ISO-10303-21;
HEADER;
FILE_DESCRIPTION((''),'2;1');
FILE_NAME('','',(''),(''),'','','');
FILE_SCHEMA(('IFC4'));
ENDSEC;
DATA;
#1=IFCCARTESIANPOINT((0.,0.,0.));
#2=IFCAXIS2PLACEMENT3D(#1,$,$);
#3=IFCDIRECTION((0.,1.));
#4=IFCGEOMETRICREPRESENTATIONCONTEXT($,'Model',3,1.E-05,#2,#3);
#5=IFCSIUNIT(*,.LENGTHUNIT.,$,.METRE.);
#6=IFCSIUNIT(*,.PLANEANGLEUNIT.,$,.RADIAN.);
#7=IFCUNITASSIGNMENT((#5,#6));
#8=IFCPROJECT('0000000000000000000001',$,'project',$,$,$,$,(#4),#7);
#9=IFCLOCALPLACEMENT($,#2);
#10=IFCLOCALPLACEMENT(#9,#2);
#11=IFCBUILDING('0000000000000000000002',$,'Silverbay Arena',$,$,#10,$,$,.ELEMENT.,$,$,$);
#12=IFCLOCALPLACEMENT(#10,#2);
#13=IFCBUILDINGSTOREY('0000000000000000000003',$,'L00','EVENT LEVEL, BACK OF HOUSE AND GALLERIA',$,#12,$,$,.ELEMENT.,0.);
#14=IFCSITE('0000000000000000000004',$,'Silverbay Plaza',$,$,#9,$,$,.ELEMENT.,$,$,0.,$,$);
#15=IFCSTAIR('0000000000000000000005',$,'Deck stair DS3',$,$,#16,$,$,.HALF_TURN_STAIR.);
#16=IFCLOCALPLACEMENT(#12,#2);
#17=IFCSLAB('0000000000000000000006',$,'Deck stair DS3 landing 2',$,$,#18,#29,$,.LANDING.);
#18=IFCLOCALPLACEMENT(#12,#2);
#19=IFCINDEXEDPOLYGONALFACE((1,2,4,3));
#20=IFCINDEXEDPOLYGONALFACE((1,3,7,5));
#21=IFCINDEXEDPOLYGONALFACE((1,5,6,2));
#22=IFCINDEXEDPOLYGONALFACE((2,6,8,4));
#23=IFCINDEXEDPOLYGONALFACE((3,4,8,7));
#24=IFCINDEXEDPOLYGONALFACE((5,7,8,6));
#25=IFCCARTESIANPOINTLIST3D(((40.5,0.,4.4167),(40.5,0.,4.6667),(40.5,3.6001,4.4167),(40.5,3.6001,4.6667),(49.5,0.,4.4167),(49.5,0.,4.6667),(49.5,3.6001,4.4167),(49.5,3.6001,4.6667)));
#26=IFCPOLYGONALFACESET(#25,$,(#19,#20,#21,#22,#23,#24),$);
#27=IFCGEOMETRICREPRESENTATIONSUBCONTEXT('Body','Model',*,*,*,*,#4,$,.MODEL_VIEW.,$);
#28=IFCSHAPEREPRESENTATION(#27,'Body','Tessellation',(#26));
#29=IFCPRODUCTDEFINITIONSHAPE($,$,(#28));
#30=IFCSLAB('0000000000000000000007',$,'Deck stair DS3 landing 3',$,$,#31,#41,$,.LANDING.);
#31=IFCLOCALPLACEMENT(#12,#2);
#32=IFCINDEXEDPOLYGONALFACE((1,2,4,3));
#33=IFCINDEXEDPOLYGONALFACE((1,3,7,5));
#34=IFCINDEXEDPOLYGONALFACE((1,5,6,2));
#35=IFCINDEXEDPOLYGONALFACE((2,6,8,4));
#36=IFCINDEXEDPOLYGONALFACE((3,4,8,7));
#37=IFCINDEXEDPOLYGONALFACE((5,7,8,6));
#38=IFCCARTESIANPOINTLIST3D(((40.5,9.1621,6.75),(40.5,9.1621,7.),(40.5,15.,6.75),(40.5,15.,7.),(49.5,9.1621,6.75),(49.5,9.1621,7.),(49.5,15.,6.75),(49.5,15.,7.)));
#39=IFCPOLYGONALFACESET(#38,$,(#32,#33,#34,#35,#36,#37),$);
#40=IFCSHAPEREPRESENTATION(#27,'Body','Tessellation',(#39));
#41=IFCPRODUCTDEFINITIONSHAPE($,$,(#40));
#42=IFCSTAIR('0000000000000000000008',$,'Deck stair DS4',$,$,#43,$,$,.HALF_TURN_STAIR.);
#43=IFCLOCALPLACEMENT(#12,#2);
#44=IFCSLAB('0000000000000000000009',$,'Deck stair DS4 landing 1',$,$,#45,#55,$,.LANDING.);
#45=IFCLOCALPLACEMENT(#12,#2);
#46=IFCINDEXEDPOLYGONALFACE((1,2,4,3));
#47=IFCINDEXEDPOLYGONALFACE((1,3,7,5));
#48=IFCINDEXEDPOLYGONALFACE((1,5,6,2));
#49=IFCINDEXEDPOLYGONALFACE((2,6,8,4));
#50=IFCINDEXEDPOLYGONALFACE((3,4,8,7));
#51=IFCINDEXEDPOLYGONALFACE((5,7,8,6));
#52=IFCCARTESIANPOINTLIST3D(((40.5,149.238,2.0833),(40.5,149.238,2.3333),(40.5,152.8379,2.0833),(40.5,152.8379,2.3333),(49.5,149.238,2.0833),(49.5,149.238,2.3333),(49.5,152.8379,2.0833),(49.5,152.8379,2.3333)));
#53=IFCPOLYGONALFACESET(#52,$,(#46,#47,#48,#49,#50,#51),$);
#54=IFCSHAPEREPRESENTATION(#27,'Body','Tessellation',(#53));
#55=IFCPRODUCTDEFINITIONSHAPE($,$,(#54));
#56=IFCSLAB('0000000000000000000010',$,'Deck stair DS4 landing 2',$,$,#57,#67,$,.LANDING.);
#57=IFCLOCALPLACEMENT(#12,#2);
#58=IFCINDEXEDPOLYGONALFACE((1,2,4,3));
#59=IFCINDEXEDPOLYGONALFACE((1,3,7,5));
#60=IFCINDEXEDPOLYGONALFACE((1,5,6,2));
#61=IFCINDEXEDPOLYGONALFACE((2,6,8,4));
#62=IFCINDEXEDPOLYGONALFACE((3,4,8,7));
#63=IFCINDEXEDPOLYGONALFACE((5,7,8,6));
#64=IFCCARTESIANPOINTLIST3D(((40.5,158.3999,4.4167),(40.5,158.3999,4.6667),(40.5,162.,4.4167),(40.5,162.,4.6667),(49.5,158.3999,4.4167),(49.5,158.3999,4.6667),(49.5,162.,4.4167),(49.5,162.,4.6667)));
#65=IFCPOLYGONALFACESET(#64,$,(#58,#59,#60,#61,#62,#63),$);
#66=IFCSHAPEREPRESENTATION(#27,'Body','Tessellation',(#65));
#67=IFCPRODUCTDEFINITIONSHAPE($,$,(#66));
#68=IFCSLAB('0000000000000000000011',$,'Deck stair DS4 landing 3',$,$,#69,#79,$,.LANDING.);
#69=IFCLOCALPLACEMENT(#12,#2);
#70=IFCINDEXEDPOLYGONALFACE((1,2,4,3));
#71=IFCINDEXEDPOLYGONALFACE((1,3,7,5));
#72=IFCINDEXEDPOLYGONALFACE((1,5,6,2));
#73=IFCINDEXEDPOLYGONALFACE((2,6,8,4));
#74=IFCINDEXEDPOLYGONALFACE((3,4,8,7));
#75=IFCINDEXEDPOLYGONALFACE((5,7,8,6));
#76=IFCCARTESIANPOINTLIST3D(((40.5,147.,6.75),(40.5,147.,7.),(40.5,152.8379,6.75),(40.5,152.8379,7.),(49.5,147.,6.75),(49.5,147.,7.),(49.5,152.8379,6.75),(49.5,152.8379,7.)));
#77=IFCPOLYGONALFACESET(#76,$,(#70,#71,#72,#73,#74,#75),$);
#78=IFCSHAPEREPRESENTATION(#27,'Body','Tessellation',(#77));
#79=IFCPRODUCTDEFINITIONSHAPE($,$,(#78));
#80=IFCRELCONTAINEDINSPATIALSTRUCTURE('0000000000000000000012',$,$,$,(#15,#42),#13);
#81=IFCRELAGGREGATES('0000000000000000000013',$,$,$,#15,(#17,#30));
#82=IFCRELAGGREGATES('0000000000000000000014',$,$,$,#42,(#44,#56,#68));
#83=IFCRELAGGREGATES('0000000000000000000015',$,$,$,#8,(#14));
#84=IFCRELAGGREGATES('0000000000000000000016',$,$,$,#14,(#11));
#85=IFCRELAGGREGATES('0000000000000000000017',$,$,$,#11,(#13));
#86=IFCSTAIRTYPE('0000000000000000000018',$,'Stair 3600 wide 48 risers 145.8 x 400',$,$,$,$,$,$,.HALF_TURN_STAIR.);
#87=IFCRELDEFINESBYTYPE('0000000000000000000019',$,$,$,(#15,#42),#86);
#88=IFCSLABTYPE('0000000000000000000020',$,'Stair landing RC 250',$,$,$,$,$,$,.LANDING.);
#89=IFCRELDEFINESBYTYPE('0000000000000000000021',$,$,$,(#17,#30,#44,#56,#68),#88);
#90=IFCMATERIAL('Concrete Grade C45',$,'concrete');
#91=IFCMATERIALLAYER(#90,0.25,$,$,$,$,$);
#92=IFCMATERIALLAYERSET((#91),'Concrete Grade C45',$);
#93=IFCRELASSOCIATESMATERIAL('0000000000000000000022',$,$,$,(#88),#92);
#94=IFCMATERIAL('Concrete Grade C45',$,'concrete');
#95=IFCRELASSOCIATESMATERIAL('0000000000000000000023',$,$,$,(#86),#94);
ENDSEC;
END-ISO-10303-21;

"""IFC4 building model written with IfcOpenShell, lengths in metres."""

from ifc_helpers import new_model, si_unit, direction, frame, origin, place, context, subcontext, project, spatial, polyline, outline, extrude, material, layer, layer_set, type_object, element, aggregate, save


model = new_model("IFC4")

# Units and contexts
model_context = context("Model", 3, precision=1e-05, world=origin(), true_north=direction((0.0, 1.0)))
body_context = subcontext(model_context, "Body", "Model", "MODEL_VIEW")
ifc_project = project(units=[si_unit("LENGTHUNIT", "METRE"), si_unit("PLANEANGLEUNIT", "RADIAN")], contexts=[model_context])

# Site, building, storey
site_placement = place(None, origin())
site = spatial("IfcSite", under=ifc_project, at=site_placement, Name="Silverbay Plaza", CompositionType="ELEMENT", RefElevation=0.0)
building_placement = place(site_placement, origin())
building = spatial("IfcBuilding", under=site, at=building_placement, Name="Silverbay Arena", CompositionType="ELEMENT")
storey_placement = place(building_placement, origin())
storey = spatial("IfcBuildingStorey", under=building, at=storey_placement, Name="L00", Description="EVENT LEVEL, BACK OF HOUSE AND GALLERIA", CompositionType="ELEMENT", Elevation=0.0)

# Stairs, slabs
ifc_material_1 = material(Name="Concrete Grade C45", Category="concrete")
ifc_layer_1 = layer(ifc_material_1, 0.25)
ifc_layer_set_1 = layer_set([ifc_layer_1], Name="Concrete Grade C45")
slab_type_1 = type_object("IfcSlabType", Name="Stair landing RC 250", PredefinedType="LANDING", material=ifc_layer_set_1)
ifc_material_2 = material(Name="Concrete Grade C45", Category="concrete")
stair_type_1 = type_object("IfcStairType", Name="Stair 3600 wide 48 risers 145.8 x 400", PredefinedType="HALF_TURN_STAIR", material=ifc_material_2)
stair_1_placement = place(storey_placement, origin())
stair_1 = element("IfcStair", 1, at=stair_1_placement, inside=storey, type_object=stair_type_1, Name="Deck stair DS3", PredefinedType="HALF_TURN_STAIR")
slab_1_placement = place(storey_placement, frame((0.0, 0.0, 4.4167)))
slab_1 = element("IfcSlab", 2, at=slab_1_placement, type_object=slab_type_1, Name="Deck stair DS3 landing 2", PredefinedType="LANDING", context=body_context, shape_type="SweptSolid", body=[
    extrude(outline(polyline([(40.5, 0.0), (40.5, 3.6001), (49.5, 3.6001), (49.5, 0.0), (40.5, 0.0)])), origin(), (0.0, 0.0, 1.0), 0.25),
])
slab_2_placement = place(storey_placement, frame((0.0, 0.0, 6.75)))
slab_2 = element("IfcSlab", 3, at=slab_2_placement, type_object=slab_type_1, Name="Deck stair DS3 landing 3", PredefinedType="LANDING", context=body_context, shape_type="SweptSolid", body=[
    extrude(outline(polyline([(40.5, 9.1621), (40.5, 15.0), (49.5, 15.0), (49.5, 9.1621), (40.5, 9.1621)])), origin(), (0.0, 0.0, 1.0), 0.25),
])
aggregate(stair_1, [slab_1, slab_2])
stair_2_placement = place(storey_placement, origin())
stair_2 = element("IfcStair", 4, at=stair_2_placement, inside=storey, type_object=stair_type_1, Name="Deck stair DS4", PredefinedType="HALF_TURN_STAIR")
slab_3_placement = place(storey_placement, frame((0.0, 0.0, 2.0833)))
slab_3 = element("IfcSlab", 5, at=slab_3_placement, type_object=slab_type_1, Name="Deck stair DS4 landing 1", PredefinedType="LANDING", context=body_context, shape_type="SweptSolid", body=[
    extrude(outline(polyline([(40.5, 152.8379), (40.5, 149.238), (49.5, 149.238), (49.5, 152.8379), (40.5, 152.8379)])), origin(), (0.0, 0.0, 1.0), 0.25),
])
slab_4_placement = place(storey_placement, frame((0.0, 0.0, 4.4167)))
slab_4 = element("IfcSlab", 6, at=slab_4_placement, type_object=slab_type_1, Name="Deck stair DS4 landing 2", PredefinedType="LANDING", context=body_context, shape_type="SweptSolid", body=[
    extrude(outline(polyline([(40.5, 162.0), (40.5, 158.3999), (49.5, 158.3999), (49.5, 162.0), (40.5, 162.0)])), origin(), (0.0, 0.0, 1.0), 0.25),
])
slab_5_placement = place(storey_placement, frame((0.0, 0.0, 6.75)))
slab_5 = element("IfcSlab", 7, at=slab_5_placement, type_object=slab_type_1, Name="Deck stair DS4 landing 3", PredefinedType="LANDING", context=body_context, shape_type="SweptSolid", body=[
    extrude(outline(polyline([(40.5, 152.8379), (40.5, 147.0), (49.5, 147.0), (49.5, 152.8379), (40.5, 152.8379)])), origin(), (0.0, 0.0, 1.0), 0.25),
])
aggregate(stair_2, [slab_3, slab_4, slab_5])

save(model, "model.ifc")
